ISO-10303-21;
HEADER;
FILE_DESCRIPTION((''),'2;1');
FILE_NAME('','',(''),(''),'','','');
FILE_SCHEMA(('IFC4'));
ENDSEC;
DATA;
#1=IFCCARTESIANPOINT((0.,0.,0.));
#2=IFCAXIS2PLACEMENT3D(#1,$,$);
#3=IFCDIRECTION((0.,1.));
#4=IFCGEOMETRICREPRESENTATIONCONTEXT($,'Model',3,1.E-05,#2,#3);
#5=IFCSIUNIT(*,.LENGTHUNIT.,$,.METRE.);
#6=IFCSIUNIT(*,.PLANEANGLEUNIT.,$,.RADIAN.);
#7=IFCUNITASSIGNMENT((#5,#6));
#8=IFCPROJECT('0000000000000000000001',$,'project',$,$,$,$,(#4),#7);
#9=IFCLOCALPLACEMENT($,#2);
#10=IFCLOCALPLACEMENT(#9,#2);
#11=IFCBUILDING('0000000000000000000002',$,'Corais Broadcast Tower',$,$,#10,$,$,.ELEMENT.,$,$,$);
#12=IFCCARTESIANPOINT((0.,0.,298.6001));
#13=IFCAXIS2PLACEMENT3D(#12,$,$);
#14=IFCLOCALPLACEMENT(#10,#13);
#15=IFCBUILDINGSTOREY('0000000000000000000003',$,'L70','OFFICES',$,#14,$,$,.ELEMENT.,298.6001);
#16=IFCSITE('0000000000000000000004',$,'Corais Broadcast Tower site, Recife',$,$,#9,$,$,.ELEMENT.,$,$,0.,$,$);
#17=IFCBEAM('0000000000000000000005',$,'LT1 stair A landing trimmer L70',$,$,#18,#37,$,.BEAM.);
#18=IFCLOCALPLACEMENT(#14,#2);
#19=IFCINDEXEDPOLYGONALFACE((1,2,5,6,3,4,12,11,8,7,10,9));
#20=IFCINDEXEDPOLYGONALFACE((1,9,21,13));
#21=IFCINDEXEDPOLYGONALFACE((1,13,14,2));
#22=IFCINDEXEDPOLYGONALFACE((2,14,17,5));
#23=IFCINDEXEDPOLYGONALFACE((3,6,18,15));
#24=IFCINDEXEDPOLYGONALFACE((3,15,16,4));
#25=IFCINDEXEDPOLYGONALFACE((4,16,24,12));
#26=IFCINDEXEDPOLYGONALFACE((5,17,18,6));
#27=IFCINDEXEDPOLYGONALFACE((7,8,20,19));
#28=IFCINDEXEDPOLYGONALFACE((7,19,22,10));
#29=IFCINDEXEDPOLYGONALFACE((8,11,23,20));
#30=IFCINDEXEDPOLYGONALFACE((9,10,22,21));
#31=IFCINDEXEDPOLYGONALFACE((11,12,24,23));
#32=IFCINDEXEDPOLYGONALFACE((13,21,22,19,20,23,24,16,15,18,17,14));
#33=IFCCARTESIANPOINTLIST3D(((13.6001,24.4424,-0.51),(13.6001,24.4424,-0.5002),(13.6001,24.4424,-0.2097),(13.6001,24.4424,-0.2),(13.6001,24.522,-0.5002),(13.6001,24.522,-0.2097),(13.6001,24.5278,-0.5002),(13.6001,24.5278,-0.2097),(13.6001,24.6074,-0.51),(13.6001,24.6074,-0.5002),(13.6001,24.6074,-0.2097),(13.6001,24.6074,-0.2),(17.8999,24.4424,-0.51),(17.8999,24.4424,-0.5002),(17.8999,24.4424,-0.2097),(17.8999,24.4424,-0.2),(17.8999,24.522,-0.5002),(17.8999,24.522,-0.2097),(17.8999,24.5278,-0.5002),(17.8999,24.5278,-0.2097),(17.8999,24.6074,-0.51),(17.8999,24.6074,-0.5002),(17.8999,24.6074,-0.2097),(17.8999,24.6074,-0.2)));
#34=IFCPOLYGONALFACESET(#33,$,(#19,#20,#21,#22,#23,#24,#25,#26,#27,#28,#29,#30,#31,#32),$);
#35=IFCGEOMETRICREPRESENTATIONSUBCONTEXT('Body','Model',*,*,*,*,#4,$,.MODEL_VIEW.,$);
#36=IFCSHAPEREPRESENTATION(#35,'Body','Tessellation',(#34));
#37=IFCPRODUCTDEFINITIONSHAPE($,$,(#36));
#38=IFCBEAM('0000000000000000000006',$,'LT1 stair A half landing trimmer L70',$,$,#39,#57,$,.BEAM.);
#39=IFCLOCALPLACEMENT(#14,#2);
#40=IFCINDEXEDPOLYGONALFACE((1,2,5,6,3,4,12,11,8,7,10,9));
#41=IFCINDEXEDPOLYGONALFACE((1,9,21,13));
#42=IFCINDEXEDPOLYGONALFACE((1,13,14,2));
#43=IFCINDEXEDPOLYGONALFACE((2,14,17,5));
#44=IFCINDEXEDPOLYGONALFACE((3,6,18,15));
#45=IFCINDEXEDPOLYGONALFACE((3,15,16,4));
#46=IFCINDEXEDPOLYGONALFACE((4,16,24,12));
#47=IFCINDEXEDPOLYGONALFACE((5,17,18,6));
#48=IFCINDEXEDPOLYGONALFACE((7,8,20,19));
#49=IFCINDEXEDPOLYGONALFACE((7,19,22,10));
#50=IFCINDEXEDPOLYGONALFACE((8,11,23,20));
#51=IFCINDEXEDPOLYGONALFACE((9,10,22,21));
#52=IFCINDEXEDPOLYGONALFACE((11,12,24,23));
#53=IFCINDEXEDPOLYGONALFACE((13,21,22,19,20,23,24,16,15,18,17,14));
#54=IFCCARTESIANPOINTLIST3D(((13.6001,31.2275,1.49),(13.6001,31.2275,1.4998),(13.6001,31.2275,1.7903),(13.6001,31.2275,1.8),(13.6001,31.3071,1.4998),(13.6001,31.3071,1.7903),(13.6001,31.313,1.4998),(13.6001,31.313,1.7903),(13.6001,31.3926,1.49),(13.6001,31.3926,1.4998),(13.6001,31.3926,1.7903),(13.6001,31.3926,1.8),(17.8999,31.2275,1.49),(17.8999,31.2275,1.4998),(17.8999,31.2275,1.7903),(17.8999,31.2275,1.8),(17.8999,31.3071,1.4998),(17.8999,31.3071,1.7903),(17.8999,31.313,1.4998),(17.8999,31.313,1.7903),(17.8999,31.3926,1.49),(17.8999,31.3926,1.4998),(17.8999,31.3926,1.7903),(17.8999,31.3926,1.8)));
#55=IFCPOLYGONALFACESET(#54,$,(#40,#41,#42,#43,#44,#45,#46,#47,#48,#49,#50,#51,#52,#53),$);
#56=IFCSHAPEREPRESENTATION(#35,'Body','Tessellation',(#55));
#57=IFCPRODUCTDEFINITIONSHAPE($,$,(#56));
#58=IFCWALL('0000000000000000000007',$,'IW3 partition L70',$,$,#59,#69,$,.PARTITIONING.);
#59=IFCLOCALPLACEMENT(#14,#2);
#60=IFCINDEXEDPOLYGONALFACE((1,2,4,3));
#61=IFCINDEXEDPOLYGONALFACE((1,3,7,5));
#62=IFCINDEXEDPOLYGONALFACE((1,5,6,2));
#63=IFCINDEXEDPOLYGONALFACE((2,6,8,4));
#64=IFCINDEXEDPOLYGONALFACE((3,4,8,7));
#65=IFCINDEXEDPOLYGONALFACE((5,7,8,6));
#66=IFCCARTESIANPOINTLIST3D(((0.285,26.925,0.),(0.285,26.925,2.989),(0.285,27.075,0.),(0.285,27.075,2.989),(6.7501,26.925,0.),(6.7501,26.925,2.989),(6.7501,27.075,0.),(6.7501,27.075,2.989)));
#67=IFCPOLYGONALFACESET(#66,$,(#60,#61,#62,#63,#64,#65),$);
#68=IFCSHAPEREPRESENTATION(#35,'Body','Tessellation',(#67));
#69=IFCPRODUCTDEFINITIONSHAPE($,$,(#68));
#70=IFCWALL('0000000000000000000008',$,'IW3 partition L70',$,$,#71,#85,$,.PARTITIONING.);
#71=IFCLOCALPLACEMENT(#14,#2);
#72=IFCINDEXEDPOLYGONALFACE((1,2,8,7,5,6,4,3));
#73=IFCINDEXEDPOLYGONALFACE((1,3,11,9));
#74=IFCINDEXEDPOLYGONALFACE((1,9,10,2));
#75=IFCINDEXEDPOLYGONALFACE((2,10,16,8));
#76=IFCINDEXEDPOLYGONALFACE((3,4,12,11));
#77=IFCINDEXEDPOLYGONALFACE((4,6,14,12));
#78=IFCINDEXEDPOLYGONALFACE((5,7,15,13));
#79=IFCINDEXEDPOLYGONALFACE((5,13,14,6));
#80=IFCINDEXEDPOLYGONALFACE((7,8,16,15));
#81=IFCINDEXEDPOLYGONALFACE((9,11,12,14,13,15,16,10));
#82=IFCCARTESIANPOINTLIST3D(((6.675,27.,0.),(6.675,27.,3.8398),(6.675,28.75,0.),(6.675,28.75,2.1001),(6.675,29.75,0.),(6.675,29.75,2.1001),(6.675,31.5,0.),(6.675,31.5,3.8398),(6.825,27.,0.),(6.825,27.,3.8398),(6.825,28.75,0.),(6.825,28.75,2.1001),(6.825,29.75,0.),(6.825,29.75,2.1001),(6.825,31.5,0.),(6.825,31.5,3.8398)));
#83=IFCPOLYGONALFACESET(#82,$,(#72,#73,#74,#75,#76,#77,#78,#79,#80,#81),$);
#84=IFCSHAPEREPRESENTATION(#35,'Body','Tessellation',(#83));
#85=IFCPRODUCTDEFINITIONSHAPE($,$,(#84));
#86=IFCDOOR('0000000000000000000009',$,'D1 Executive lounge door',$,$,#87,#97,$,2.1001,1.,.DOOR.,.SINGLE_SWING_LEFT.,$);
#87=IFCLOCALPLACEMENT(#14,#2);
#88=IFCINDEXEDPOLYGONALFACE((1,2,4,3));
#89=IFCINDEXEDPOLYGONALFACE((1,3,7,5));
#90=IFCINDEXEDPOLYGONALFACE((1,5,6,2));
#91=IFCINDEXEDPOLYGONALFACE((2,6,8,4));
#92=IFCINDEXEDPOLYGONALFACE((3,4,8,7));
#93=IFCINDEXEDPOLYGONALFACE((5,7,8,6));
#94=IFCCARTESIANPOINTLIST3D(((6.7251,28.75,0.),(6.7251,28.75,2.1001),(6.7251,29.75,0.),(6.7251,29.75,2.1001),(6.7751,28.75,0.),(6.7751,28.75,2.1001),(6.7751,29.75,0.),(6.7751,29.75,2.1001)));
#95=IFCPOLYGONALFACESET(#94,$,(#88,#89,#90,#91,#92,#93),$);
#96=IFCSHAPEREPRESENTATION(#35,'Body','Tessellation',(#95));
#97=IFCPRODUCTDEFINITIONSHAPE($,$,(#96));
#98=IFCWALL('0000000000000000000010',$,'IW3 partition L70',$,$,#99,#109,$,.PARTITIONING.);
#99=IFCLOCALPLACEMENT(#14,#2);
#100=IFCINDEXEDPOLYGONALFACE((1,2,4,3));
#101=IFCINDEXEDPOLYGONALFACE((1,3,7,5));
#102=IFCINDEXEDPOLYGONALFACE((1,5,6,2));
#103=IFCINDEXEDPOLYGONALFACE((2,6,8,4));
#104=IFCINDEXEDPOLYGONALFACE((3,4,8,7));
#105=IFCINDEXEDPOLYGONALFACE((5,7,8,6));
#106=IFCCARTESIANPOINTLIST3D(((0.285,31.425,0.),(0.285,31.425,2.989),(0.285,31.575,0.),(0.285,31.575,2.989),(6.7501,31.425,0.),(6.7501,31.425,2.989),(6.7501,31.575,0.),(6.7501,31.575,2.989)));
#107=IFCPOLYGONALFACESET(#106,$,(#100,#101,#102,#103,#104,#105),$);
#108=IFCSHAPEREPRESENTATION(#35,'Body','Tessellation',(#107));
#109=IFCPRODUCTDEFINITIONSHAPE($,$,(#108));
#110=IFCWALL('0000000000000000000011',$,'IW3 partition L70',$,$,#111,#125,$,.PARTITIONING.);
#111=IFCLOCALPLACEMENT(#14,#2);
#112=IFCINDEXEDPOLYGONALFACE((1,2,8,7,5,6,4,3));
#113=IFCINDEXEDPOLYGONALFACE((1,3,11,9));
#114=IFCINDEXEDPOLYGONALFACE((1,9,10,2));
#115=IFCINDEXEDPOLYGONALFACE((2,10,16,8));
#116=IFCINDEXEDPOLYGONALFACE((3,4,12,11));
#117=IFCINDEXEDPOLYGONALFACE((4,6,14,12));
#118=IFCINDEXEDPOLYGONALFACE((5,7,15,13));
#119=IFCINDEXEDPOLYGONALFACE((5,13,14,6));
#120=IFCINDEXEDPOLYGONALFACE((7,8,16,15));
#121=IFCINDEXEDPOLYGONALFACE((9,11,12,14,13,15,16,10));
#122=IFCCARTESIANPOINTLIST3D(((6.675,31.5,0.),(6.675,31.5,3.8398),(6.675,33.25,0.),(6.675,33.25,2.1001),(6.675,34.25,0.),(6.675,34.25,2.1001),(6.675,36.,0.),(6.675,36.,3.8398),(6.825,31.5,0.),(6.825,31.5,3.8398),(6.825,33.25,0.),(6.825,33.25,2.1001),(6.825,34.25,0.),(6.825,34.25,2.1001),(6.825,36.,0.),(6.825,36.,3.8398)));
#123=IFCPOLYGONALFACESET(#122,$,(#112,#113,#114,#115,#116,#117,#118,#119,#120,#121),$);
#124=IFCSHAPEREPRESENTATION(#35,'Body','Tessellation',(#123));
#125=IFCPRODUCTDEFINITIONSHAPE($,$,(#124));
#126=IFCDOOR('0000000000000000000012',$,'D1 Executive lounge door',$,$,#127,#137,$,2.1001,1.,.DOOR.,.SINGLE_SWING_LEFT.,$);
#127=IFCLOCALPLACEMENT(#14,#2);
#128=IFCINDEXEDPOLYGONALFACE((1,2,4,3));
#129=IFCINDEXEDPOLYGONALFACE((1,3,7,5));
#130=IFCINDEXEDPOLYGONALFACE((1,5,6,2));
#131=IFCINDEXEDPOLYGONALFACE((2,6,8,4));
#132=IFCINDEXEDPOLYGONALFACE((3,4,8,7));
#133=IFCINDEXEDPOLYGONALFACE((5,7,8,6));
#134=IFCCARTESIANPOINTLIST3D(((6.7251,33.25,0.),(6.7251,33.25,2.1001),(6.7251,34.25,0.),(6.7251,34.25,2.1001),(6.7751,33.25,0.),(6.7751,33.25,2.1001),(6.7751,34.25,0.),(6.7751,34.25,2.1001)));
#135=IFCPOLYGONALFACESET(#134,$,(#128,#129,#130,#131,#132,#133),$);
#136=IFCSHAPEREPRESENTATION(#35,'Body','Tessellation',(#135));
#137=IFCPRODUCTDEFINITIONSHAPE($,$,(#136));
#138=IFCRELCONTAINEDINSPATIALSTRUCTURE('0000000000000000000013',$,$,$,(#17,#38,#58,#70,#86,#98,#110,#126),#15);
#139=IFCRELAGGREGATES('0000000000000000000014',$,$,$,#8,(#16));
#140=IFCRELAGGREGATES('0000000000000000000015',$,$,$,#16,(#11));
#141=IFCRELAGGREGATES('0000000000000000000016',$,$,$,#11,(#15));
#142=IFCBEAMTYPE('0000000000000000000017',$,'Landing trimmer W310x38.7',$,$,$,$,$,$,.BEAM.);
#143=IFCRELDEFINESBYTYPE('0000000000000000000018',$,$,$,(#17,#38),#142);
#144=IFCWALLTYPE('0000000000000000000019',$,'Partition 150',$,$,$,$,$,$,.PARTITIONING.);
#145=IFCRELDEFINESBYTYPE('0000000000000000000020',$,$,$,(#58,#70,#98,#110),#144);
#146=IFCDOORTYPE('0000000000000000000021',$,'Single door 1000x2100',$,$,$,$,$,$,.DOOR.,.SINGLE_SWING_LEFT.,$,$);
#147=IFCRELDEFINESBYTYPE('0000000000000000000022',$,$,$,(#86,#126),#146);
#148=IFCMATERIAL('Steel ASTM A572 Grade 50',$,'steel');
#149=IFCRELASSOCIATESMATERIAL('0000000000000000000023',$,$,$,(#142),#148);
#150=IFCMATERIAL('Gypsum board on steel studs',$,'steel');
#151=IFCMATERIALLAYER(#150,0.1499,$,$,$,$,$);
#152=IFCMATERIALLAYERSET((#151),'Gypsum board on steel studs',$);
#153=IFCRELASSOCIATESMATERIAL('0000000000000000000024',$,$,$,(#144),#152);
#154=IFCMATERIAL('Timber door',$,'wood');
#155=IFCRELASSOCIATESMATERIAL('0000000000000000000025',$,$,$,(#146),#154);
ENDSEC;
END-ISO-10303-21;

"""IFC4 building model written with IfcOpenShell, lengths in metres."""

from ifc_helpers import new_model, si_unit, direction, frame, frame_2d, origin, origin_2d, place, context, subcontext, project, spatial, rectangle, i_section, extrude, material, layer, layer_set, material_profile, profile_set, type_object, element, fill, save


model = new_model("IFC4")

# Units and contexts
model_context = context("Model", 3, precision=1e-05, world=origin(), true_north=direction((0.0, 1.0)))
body_context = subcontext(model_context, "Body", "Model", "MODEL_VIEW")
ifc_project = project(units=[si_unit("LENGTHUNIT", "METRE"), si_unit("PLANEANGLEUNIT", "RADIAN")], contexts=[model_context])

# Site, building, storey
site_placement = place(None, origin())
site = spatial("IfcSite", under=ifc_project, at=site_placement, Name="Corais Broadcast Tower site, Recife", CompositionType="ELEMENT", RefElevation=0.0)
building_placement = place(site_placement, origin())
building = spatial("IfcBuilding", under=site, at=building_placement, Name="Corais Broadcast Tower", CompositionType="ELEMENT")
storey_placement = place(building_placement, frame((0.0, 0.0, 298.6001)))
storey = spatial("IfcBuildingStorey", under=building, at=storey_placement, Name="L70", Description="OFFICES", CompositionType="ELEMENT", Elevation=298.6001)

# Beams
ifc_material_1 = material(Name="Steel ASTM A572 Grade 50", Category="steel")
ifc_material_profile = material_profile(ifc_material_1, i_section(OverallWidth=0.165, OverallDepth=0.3101, WebThickness=0.0059, FlangeThickness=0.0098, at=origin_2d()), Name="W310x38.7")
ifc_profile_set = profile_set([ifc_material_profile], Name="Steel ASTM A572 Grade 50")
beam_type = type_object("IfcBeamType", Name="Landing trimmer W310x38.7", PredefinedType="BEAM", material=ifc_profile_set)
for number, where, z_axis, x_axis, name in (
    (1, (13.6001, 24.5249, -0.355), (1.0, 0.0, 0.0), (0.0, 1.0, 0.0), "LT1 stair A landing trimmer L70"),
    (2, (13.6001, 31.3101, 1.645), (1.0, 0.0, 0.0), (0.0, 1.0, 0.0), "LT1 stair A half landing trimmer L70"),
):
    element("IfcBeam", number, at=place(storey_placement, frame(where, z_axis=z_axis, x_axis=x_axis)), inside=storey, type_object=beam_type, Name=name, PredefinedType="BEAM", context=body_context, shape_type="SweptSolid", body=[
        extrude(i_section(OverallWidth=0.165, OverallDepth=0.3101, WebThickness=0.0059, FlangeThickness=0.0098, at=origin_2d()), origin(), (0.0, 0.0, 1.0), 4.2998),
    ])

# Wall
ifc_material_2 = material(Name="Gypsum board on steel studs", Category="steel")
ifc_layer = layer(ifc_material_2, 0.1499)
ifc_layer_set = layer_set([ifc_layer], Name="Gypsum board on steel studs")
wall_type = type_object("IfcWallType", Name="Partition 150", PredefinedType="PARTITIONING", material=ifc_layer_set)
wall_1_placement = place(storey_placement, frame((6.75, 27.0, 0.0), z_axis=(0.0, 0.0, 1.0), x_axis=(-1.0, 0.0, 0.0)))
element("IfcWall", 3, at=wall_1_placement, inside=storey, type_object=wall_type, Name="IW3 partition L70", PredefinedType="PARTITIONING", context=body_context, shape_type="SweptSolid", body=[
    extrude(rectangle(XDim=6.4651, YDim=0.1499, at=frame_2d((3.2324, 0.0))), origin(), (0.0, 0.0, 1.0), 2.989),
])

# Wall, opening, door
wall_2_placement = place(storey_placement, frame((6.75, 27.0, 0.0), z_axis=(0.0, 0.0, 1.0), x_axis=(0.0, 1.0, 0.0)))
wall_2 = element("IfcWall", 4, at=wall_2_placement, inside=storey, type_object=wall_type, Name="IW3 partition L70", PredefinedType="PARTITIONING", context=body_context, shape_type="SweptSolid", body=[
    extrude(rectangle(XDim=4.5, YDim=0.1499, at=frame_2d((2.25, 0.0))), origin(), (0.0, 0.0, 1.0), 3.8398),
])
opening_1_placement = place(wall_2_placement, frame((1.75, 0.0, 0.0)))
opening_1 = element("IfcOpeningElement", 5, at=opening_1_placement, cuts=wall_2, PredefinedType="OPENING", context=body_context, shape_type="SweptSolid", body=[
    extrude(rectangle(XDim=1.0, YDim=2.1001, at=frame_2d((0.5, 1.05))), frame((0.0, 0.085, 0.0), z_axis=(0.0, -1.0, 0.0), x_axis=(1.0, 0.0, 0.0)), (0.0, 0.0, 1.0), 0.1699),
])
ifc_material_3 = material(Name="Timber door", Category="wood")
door_type = type_object("IfcDoorType", Name="Single door 1000x2100", OperationType="SINGLE_SWING_LEFT", PredefinedType="DOOR", material=ifc_material_3)
door_1_placement = place(opening_1_placement, origin())
door_1 = element("IfcDoor", 6, at=door_1_placement, inside=storey, type_object=door_type, Name="D1 Executive lounge door", OperationType="SINGLE_SWING_LEFT", OverallHeight=2.1001, OverallWidth=1.0, PredefinedType="DOOR", context=body_context, shape_type="SweptSolid", body=[
    extrude(rectangle(XDim=1.0, YDim=2.1001, at=frame_2d((0.5, 1.05))), frame((0.0, 0.0249, 0.0), z_axis=(0.0, -1.0, 0.0), x_axis=(1.0, 0.0, 0.0)), (0.0, 0.0, 1.0), 0.05),
])
fill(opening_1, door_1)

# Wall
wall_3_placement = place(storey_placement, frame((6.75, 31.5, 0.0), z_axis=(0.0, 0.0, 1.0), x_axis=(-1.0, 0.0, 0.0)))
element("IfcWall", 7, at=wall_3_placement, inside=storey, type_object=wall_type, Name="IW3 partition L70", PredefinedType="PARTITIONING", context=body_context, shape_type="SweptSolid", body=[
    extrude(rectangle(XDim=6.4651, YDim=0.1499, at=frame_2d((3.2324, 0.0))), origin(), (0.0, 0.0, 1.0), 2.989),
])

# Wall, opening, door
wall_4_placement = place(storey_placement, frame((6.75, 31.5, 0.0), z_axis=(0.0, 0.0, 1.0), x_axis=(0.0, 1.0, 0.0)))
wall_4 = element("IfcWall", 8, at=wall_4_placement, inside=storey, type_object=wall_type, Name="IW3 partition L70", PredefinedType="PARTITIONING", context=body_context, shape_type="SweptSolid", body=[
    extrude(rectangle(XDim=4.5, YDim=0.1499, at=frame_2d((2.25, 0.0))), origin(), (0.0, 0.0, 1.0), 3.8398),
])
opening_2_placement = place(wall_4_placement, frame((1.75, 0.0, 0.0)))
opening_2 = element("IfcOpeningElement", 9, at=opening_2_placement, cuts=wall_4, PredefinedType="OPENING", context=body_context, shape_type="SweptSolid", body=[
    extrude(rectangle(XDim=1.0, YDim=2.1001, at=frame_2d((0.5, 1.05))), frame((0.0, 0.085, 0.0), z_axis=(0.0, -1.0, 0.0), x_axis=(1.0, 0.0, 0.0)), (0.0, 0.0, 1.0), 0.1699),
])
door_2_placement = place(opening_2_placement, origin())
door_2 = element("IfcDoor", 10, at=door_2_placement, inside=storey, type_object=door_type, Name="D1 Executive lounge door", OperationType="SINGLE_SWING_LEFT", OverallHeight=2.1001, OverallWidth=1.0, PredefinedType="DOOR", context=body_context, shape_type="SweptSolid", body=[
    extrude(rectangle(XDim=1.0, YDim=2.1001, at=frame_2d((0.5, 1.05))), frame((0.0, 0.0249, 0.0), z_axis=(0.0, -1.0, 0.0), x_axis=(1.0, 0.0, 0.0)), (0.0, 0.0, 1.0), 0.05),
])
fill(opening_2, door_2)

save(model, "model.ifc")
